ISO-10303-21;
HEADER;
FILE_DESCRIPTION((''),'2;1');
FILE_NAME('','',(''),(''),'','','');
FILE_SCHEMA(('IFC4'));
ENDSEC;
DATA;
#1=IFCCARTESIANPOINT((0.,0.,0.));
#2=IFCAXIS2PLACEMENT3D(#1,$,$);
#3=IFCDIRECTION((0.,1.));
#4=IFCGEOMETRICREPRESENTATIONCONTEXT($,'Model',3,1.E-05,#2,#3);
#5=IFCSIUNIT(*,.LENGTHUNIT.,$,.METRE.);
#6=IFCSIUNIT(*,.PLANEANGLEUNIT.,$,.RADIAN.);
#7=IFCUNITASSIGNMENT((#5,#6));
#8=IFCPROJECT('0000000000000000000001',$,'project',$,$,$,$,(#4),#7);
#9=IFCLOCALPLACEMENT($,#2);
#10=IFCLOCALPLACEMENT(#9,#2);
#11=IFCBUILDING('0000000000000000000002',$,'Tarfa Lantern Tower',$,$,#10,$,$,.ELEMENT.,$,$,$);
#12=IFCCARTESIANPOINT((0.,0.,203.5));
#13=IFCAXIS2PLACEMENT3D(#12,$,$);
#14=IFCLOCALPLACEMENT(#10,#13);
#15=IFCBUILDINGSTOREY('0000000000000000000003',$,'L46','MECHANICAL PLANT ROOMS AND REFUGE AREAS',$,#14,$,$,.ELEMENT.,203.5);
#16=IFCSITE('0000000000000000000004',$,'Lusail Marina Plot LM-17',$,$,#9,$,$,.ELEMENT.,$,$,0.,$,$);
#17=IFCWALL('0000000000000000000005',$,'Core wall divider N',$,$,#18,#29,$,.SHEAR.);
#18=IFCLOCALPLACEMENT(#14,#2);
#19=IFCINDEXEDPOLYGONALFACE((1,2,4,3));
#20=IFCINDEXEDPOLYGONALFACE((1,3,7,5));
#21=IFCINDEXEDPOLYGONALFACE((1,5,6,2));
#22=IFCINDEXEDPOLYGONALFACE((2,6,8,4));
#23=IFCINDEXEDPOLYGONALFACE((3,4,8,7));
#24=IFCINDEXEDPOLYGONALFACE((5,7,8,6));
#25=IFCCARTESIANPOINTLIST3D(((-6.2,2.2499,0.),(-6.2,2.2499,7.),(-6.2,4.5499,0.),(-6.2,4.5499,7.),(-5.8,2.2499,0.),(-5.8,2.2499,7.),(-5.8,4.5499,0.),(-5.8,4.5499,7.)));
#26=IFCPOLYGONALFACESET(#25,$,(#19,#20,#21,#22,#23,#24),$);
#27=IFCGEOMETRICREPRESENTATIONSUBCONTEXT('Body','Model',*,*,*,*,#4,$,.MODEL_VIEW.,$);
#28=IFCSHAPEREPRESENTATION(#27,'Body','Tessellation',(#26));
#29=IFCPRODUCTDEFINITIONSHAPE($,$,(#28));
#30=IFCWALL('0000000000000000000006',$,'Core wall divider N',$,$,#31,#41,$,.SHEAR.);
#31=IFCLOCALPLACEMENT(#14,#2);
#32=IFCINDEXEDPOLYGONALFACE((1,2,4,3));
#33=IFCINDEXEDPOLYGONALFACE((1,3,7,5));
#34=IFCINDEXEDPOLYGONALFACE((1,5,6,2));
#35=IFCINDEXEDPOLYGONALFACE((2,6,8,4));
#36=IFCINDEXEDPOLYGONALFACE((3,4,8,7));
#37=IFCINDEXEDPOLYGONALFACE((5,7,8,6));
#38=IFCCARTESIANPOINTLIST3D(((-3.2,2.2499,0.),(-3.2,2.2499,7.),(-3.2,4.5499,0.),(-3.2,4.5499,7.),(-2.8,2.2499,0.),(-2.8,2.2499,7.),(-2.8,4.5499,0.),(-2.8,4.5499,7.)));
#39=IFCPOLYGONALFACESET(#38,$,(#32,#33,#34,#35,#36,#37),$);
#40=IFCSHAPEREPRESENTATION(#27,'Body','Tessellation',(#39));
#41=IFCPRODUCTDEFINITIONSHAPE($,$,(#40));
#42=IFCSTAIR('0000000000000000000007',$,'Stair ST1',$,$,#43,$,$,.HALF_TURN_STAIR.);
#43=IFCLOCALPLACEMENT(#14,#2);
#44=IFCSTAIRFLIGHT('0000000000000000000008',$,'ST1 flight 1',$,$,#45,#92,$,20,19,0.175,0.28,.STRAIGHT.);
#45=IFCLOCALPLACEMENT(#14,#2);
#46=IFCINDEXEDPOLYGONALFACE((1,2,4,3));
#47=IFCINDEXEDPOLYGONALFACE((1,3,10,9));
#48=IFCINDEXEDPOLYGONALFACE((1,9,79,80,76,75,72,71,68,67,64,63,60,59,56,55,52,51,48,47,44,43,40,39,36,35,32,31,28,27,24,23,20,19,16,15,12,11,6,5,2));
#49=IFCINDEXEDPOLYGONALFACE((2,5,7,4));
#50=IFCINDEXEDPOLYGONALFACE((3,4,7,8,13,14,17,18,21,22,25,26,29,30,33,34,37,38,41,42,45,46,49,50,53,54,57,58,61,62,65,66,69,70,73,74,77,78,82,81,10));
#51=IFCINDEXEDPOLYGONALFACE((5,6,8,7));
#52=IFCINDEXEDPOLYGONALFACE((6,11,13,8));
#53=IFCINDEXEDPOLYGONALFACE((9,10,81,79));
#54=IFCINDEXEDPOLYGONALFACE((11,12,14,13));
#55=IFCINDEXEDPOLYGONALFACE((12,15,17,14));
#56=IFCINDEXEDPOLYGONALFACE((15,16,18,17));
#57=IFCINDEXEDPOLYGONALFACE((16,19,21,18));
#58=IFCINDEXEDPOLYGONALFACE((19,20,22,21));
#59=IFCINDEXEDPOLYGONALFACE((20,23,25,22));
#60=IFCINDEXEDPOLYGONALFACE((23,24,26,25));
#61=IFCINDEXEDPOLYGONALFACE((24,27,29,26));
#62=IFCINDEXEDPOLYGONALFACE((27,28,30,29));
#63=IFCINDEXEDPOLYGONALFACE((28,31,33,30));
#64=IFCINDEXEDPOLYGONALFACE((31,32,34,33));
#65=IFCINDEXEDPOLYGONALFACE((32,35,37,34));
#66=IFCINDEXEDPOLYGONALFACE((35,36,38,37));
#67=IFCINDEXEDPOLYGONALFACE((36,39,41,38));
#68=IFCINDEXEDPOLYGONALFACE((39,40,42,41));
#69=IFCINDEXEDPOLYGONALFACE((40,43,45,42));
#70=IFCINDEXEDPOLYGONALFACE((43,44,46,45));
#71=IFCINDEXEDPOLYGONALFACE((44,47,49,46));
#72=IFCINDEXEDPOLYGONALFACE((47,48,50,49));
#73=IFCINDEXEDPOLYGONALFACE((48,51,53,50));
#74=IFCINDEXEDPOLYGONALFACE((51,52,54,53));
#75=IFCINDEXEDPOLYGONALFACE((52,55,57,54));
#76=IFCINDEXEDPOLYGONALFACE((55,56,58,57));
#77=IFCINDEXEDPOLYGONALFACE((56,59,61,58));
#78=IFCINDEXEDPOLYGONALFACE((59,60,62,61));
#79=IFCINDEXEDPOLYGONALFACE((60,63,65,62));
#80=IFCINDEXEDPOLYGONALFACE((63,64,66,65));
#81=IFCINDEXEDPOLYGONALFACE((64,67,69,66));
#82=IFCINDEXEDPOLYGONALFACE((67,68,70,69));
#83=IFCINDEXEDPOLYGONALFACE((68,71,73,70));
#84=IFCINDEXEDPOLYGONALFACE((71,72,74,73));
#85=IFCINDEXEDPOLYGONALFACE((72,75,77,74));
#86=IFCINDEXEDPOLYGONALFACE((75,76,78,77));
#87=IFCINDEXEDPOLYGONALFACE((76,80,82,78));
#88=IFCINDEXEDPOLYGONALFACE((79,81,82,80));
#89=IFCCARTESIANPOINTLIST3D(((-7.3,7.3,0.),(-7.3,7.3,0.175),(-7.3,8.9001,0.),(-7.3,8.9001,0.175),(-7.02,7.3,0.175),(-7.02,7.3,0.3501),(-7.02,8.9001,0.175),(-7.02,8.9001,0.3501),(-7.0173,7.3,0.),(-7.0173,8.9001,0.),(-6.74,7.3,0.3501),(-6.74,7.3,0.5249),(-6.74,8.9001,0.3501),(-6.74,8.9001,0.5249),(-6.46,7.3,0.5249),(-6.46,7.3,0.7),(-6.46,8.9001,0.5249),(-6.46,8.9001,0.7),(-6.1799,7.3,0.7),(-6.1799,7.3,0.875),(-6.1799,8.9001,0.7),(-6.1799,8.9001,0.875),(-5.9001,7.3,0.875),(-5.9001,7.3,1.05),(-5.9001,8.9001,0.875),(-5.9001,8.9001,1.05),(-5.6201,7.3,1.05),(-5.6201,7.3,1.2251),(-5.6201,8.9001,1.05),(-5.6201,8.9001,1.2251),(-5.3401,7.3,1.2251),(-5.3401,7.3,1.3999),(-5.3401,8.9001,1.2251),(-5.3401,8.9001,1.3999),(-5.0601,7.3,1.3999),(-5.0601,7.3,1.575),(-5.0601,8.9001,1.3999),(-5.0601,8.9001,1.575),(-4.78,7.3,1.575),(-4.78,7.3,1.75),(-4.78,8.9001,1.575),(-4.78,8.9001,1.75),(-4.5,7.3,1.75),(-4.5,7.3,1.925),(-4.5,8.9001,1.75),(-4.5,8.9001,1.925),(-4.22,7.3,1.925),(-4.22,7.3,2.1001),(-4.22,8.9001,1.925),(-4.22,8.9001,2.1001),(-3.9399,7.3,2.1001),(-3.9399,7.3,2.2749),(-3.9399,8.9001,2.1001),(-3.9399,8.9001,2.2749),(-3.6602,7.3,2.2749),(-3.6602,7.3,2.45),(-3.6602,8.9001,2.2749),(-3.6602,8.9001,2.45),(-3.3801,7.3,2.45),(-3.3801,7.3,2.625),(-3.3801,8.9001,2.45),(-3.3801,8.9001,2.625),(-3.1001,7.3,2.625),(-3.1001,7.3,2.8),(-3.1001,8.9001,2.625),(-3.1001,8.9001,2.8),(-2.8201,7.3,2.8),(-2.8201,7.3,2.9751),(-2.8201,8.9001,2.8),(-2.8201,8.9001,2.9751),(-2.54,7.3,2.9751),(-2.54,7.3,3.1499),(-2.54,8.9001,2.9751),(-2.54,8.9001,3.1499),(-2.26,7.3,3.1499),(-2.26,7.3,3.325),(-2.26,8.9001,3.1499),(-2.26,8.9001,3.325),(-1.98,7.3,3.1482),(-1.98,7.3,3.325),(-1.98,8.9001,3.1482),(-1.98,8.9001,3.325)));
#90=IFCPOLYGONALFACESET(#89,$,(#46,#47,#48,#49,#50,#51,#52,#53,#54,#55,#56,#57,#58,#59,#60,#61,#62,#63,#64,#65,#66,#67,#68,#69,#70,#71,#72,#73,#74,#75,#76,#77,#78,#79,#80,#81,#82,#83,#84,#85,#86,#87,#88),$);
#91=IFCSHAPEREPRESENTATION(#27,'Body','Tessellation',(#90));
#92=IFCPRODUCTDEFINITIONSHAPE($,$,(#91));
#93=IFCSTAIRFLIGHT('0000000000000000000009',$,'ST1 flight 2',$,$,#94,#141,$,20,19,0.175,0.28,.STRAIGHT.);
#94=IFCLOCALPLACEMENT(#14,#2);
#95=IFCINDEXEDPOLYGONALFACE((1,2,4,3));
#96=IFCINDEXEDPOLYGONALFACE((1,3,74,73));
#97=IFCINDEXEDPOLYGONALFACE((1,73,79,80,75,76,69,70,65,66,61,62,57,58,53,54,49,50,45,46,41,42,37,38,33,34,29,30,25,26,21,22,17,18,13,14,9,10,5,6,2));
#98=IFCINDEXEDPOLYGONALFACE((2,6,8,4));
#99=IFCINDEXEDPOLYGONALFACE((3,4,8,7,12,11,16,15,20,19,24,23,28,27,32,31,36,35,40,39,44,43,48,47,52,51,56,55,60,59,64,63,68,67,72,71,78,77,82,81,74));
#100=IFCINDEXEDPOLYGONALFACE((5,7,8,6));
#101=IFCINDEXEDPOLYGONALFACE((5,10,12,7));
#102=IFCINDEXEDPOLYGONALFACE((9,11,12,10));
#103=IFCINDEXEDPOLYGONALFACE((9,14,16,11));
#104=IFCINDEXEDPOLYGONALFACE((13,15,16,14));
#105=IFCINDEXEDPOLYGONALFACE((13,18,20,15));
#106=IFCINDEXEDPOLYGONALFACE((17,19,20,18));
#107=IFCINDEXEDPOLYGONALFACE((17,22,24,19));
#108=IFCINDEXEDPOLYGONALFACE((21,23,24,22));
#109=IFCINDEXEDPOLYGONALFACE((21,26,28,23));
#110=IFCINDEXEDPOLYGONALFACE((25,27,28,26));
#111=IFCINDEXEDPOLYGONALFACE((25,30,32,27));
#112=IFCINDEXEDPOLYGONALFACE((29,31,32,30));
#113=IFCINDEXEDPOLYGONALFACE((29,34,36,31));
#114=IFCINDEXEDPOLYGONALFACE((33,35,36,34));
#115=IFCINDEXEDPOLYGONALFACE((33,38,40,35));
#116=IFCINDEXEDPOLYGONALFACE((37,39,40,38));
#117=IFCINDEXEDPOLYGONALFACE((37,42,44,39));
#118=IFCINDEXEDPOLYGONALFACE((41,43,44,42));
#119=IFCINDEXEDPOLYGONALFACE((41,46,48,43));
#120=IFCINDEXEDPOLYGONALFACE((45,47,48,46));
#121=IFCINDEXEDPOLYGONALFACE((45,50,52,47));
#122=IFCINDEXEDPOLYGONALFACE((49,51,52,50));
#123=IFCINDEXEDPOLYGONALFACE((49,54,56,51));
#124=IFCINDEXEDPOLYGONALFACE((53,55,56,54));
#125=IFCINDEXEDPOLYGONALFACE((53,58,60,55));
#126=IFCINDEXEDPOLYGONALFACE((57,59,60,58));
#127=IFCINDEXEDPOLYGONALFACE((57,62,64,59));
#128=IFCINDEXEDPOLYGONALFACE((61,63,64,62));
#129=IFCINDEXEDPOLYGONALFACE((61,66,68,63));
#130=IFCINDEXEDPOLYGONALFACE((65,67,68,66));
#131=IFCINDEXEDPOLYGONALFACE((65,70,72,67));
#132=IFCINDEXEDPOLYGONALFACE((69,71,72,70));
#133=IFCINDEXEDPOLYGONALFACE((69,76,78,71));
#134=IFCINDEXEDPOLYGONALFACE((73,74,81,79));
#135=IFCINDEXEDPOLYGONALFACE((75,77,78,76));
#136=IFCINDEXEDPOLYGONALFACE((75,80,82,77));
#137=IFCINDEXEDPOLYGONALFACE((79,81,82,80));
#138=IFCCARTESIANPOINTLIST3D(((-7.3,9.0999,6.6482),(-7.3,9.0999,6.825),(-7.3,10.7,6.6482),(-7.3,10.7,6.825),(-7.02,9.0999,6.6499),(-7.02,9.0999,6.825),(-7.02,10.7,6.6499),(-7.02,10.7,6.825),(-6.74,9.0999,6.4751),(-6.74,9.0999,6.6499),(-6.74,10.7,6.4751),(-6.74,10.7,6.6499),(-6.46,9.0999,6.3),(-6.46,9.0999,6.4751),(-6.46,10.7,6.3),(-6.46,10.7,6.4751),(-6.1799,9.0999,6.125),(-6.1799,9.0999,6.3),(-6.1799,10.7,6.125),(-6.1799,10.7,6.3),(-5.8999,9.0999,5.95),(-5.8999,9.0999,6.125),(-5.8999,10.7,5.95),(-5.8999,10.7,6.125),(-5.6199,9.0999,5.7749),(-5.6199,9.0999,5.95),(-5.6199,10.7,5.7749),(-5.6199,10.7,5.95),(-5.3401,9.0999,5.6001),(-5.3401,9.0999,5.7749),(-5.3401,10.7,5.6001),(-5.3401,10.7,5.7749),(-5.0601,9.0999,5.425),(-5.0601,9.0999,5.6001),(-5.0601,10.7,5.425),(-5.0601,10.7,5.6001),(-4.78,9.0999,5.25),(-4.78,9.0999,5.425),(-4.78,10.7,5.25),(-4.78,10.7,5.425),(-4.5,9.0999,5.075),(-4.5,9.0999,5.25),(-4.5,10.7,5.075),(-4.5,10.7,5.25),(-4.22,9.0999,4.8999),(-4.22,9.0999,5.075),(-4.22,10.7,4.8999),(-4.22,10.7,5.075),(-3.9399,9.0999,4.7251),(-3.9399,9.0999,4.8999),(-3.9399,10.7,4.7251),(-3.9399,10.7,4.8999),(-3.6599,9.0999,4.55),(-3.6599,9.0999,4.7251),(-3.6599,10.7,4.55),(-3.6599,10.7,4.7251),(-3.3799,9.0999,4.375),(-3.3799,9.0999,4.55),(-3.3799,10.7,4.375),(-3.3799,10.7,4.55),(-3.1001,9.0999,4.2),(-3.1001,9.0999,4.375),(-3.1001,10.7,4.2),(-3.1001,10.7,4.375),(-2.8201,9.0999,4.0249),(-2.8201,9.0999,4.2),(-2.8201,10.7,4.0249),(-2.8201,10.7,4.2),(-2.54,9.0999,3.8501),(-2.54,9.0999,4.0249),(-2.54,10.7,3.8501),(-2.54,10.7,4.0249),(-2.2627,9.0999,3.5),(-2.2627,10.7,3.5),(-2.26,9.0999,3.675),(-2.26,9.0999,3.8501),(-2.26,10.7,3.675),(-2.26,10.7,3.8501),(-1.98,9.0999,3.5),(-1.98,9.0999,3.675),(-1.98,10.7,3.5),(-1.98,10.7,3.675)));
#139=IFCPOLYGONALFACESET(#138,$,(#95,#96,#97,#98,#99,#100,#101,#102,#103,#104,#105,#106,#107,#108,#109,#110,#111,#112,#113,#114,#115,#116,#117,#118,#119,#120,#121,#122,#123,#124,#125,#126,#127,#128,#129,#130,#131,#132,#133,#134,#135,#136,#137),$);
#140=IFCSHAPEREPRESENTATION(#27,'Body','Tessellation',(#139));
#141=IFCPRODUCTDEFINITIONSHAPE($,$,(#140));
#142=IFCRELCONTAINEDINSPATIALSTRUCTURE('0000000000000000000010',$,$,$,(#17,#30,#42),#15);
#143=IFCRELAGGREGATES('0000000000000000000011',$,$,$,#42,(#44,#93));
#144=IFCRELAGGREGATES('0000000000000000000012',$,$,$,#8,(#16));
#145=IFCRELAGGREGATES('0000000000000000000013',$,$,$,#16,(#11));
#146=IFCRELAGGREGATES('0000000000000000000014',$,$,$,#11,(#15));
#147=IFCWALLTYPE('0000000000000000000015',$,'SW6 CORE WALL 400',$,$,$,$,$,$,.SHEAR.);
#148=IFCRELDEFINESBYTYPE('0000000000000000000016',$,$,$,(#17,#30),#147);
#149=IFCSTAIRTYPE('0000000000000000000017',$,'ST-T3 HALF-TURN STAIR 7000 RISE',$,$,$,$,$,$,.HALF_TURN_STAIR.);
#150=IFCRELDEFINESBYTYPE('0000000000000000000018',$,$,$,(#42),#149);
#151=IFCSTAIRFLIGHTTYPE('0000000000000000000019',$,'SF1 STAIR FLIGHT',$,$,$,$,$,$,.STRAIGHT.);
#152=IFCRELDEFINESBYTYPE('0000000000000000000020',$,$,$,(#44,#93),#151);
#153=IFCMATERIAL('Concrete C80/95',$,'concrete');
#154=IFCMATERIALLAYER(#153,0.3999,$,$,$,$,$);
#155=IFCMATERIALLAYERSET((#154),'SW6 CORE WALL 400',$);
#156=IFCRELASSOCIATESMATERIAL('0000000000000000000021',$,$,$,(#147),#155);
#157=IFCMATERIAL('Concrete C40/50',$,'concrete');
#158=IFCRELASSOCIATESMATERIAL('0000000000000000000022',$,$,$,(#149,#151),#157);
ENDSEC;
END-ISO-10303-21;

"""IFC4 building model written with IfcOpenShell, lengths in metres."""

from ifc_helpers import new_model, si_unit, direction, frame, frame_2d, origin, place, context, subcontext, project, spatial, polyline, rectangle, outline, extrude, material, layer, layer_set, type_object, element, aggregate, save


model = new_model("IFC4")

# Units and contexts
model_context = context("Model", 3, precision=1e-05, world=origin(), true_north=direction((0.0, 1.0)))
body_context = subcontext(model_context, "Body", "Model", "MODEL_VIEW")
ifc_project = project(units=[si_unit("LENGTHUNIT", "METRE"), si_unit("PLANEANGLEUNIT", "RADIAN")], contexts=[model_context])

# Site, building, storey
site_placement = place(None, origin())
site = spatial("IfcSite", under=ifc_project, at=site_placement, Name="Lusail Marina Plot LM-17", CompositionType="ELEMENT", RefElevation=0.0)
building_placement = place(site_placement, origin())
building = spatial("IfcBuilding", under=site, at=building_placement, Name="Tarfa Lantern Tower", CompositionType="ELEMENT")
storey_placement = place(building_placement, frame((0.0, 0.0, 203.5)))
storey = spatial("IfcBuildingStorey", under=building, at=storey_placement, Name="L46", Description="MECHANICAL PLANT ROOMS AND REFUGE AREAS", CompositionType="ELEMENT", Elevation=203.5)

# Shared definitions
ifc_material_1 = material(Name="Concrete C80/95", Category="concrete")

# Walls
ifc_layer_1 = layer(ifc_material_1, 0.3999)
ifc_layer_set_1 = layer_set([ifc_layer_1], Name="SW6 CORE WALL 400")
wall_type_1 = type_object("IfcWallType", Name="SW6 CORE WALL 400", PredefinedType="SHEAR", material=ifc_layer_set_1)
for number, where, z_axis, x_axis, name in (
    (1, (-6.0, 2.25, 0.0), (0.0, 0.0, 1.0), (0.0, 1.0, 0.0), "Core wall divider N"),
    (2, (-3.0, 2.25, 0.0), (0.0, 0.0, 1.0), (0.0, 1.0, 0.0), "Core wall divider N"),
):
    element("IfcWall", number, at=place(storey_placement, frame(where, z_axis=z_axis, x_axis=x_axis)), inside=storey, type_object=wall_type_1, Name=name, PredefinedType="SHEAR", context=body_context, shape_type="SweptSolid", body=[
        extrude(rectangle(XDim=2.3, YDim=0.3999, at=frame_2d((1.1499, 0.0))), origin(), (0.0, 0.0, 1.0), 7.0),
    ])

# Stair, stair flights
ifc_material_2 = material(Name="Concrete C40/50", Category="concrete")
stair_type = type_object("IfcStairType", Name="ST-T3 HALF-TURN STAIR 7000 RISE", PredefinedType="HALF_TURN_STAIR", material=ifc_material_2)
stair_placement = place(storey_placement, origin())
stair = element("IfcStair", 3, at=stair_placement, inside=storey, type_object=stair_type, Name="Stair ST1", PredefinedType="HALF_TURN_STAIR")
stair_flight_type = type_object("IfcStairFlightType", Name="SF1 STAIR FLIGHT", PredefinedType="STRAIGHT", material=ifc_material_2)
stair_flight_1_placement = place(storey_placement, frame((-7.3, 8.1001, 0.0), z_axis=(0.0, 0.0, 1.0), x_axis=(1.0, 0.0, 0.0)))
stair_flight_1 = element("IfcStairFlight", 4, at=stair_flight_1_placement, type_object=stair_flight_type, Name="ST1 flight 1", NumberOfRisers=20, NumberOfTreads=19, PredefinedType="STRAIGHT", RiserHeight=0.175, TreadLength=0.28, context=body_context, shape_type="SweptSolid", body=[
    extrude(outline(polyline([(0.0, 0.0), (0.0, 0.175), (0.28, 0.175), (0.28, 0.3501), (0.5601, 0.3501), (0.5601, 0.5249), (0.8401, 0.5249), (0.8401, 0.7), (1.1201, 0.7), (1.1201, 0.875), (1.3999, 0.875), (1.3999, 1.05), (1.6799, 1.05), (1.6799, 1.2251), (1.96, 1.2251), (1.96, 1.3999), (2.24, 1.3999), (2.24, 1.575), (2.52, 1.575), (2.52, 1.75), (2.8, 1.75), (2.8, 1.925), (3.0801, 1.925), (3.0801, 2.1001), (3.3601, 2.1001), (3.3601, 2.2749), (3.6399, 2.2749), (3.6399, 2.45), (3.9199, 2.45), (3.9199, 2.625), (4.2, 2.625), (4.2, 2.8), (4.48, 2.8), (4.48, 2.9751), (4.76, 2.9751), (4.76, 3.1499), (5.04, 3.1499), (5.04, 3.325), (5.3201, 3.325), (5.3201, 3.5), (5.3201, 3.1482), (0.2827, 0.0), (0.0, 0.0)])), frame((0.0, 0.8, 0.0), z_axis=(0.0, -1.0, 0.0), x_axis=(1.0, 0.0, 0.0)), (0.0, 0.0, 1.0), 1.6001),
])
stair_flight_2_placement = place(storey_placement, frame((-1.98, 9.8999, 3.5), z_axis=(0.0, 0.0, 1.0), x_axis=(-1.0, 0.0, 0.0)))
stair_flight_2 = element("IfcStairFlight", 5, at=stair_flight_2_placement, type_object=stair_flight_type, Name="ST1 flight 2", NumberOfRisers=20, NumberOfTreads=19, PredefinedType="STRAIGHT", RiserHeight=0.175, TreadLength=0.28, context=body_context, shape_type="SweptSolid", body=[
    extrude(outline(polyline([(0.0, 0.0), (0.0, 0.175), (0.28, 0.175), (0.28, 0.3501), (0.5601, 0.3501), (0.5601, 0.5249), (0.8401, 0.5249), (0.8401, 0.7), (1.1201, 0.7), (1.1201, 0.875), (1.3999, 0.875), (1.3999, 1.05), (1.6799, 1.05), (1.6799, 1.2251), (1.96, 1.2251), (1.96, 1.3999), (2.24, 1.3999), (2.24, 1.575), (2.52, 1.575), (2.52, 1.75), (2.8, 1.75), (2.8, 1.925), (3.0801, 1.925), (3.0801, 2.1001), (3.3601, 2.1001), (3.3601, 2.2749), (3.6399, 2.2749), (3.6399, 2.45), (3.9199, 2.45), (3.9199, 2.625), (4.2, 2.625), (4.2, 2.8), (4.48, 2.8), (4.48, 2.9751), (4.76, 2.9751), (4.76, 3.1499), (5.04, 3.1499), (5.04, 3.325), (5.3201, 3.325), (5.3201, 3.5), (5.3201, 3.1482), (0.2827, 0.0), (0.0, 0.0)])), frame((0.0, 0.8, 0.0), z_axis=(0.0, -1.0, 0.0), x_axis=(1.0, 0.0, 0.0)), (0.0, 0.0, 1.0), 1.6001),
])
aggregate(stair, [stair_flight_1, stair_flight_2])

save(model, "model.ifc")
